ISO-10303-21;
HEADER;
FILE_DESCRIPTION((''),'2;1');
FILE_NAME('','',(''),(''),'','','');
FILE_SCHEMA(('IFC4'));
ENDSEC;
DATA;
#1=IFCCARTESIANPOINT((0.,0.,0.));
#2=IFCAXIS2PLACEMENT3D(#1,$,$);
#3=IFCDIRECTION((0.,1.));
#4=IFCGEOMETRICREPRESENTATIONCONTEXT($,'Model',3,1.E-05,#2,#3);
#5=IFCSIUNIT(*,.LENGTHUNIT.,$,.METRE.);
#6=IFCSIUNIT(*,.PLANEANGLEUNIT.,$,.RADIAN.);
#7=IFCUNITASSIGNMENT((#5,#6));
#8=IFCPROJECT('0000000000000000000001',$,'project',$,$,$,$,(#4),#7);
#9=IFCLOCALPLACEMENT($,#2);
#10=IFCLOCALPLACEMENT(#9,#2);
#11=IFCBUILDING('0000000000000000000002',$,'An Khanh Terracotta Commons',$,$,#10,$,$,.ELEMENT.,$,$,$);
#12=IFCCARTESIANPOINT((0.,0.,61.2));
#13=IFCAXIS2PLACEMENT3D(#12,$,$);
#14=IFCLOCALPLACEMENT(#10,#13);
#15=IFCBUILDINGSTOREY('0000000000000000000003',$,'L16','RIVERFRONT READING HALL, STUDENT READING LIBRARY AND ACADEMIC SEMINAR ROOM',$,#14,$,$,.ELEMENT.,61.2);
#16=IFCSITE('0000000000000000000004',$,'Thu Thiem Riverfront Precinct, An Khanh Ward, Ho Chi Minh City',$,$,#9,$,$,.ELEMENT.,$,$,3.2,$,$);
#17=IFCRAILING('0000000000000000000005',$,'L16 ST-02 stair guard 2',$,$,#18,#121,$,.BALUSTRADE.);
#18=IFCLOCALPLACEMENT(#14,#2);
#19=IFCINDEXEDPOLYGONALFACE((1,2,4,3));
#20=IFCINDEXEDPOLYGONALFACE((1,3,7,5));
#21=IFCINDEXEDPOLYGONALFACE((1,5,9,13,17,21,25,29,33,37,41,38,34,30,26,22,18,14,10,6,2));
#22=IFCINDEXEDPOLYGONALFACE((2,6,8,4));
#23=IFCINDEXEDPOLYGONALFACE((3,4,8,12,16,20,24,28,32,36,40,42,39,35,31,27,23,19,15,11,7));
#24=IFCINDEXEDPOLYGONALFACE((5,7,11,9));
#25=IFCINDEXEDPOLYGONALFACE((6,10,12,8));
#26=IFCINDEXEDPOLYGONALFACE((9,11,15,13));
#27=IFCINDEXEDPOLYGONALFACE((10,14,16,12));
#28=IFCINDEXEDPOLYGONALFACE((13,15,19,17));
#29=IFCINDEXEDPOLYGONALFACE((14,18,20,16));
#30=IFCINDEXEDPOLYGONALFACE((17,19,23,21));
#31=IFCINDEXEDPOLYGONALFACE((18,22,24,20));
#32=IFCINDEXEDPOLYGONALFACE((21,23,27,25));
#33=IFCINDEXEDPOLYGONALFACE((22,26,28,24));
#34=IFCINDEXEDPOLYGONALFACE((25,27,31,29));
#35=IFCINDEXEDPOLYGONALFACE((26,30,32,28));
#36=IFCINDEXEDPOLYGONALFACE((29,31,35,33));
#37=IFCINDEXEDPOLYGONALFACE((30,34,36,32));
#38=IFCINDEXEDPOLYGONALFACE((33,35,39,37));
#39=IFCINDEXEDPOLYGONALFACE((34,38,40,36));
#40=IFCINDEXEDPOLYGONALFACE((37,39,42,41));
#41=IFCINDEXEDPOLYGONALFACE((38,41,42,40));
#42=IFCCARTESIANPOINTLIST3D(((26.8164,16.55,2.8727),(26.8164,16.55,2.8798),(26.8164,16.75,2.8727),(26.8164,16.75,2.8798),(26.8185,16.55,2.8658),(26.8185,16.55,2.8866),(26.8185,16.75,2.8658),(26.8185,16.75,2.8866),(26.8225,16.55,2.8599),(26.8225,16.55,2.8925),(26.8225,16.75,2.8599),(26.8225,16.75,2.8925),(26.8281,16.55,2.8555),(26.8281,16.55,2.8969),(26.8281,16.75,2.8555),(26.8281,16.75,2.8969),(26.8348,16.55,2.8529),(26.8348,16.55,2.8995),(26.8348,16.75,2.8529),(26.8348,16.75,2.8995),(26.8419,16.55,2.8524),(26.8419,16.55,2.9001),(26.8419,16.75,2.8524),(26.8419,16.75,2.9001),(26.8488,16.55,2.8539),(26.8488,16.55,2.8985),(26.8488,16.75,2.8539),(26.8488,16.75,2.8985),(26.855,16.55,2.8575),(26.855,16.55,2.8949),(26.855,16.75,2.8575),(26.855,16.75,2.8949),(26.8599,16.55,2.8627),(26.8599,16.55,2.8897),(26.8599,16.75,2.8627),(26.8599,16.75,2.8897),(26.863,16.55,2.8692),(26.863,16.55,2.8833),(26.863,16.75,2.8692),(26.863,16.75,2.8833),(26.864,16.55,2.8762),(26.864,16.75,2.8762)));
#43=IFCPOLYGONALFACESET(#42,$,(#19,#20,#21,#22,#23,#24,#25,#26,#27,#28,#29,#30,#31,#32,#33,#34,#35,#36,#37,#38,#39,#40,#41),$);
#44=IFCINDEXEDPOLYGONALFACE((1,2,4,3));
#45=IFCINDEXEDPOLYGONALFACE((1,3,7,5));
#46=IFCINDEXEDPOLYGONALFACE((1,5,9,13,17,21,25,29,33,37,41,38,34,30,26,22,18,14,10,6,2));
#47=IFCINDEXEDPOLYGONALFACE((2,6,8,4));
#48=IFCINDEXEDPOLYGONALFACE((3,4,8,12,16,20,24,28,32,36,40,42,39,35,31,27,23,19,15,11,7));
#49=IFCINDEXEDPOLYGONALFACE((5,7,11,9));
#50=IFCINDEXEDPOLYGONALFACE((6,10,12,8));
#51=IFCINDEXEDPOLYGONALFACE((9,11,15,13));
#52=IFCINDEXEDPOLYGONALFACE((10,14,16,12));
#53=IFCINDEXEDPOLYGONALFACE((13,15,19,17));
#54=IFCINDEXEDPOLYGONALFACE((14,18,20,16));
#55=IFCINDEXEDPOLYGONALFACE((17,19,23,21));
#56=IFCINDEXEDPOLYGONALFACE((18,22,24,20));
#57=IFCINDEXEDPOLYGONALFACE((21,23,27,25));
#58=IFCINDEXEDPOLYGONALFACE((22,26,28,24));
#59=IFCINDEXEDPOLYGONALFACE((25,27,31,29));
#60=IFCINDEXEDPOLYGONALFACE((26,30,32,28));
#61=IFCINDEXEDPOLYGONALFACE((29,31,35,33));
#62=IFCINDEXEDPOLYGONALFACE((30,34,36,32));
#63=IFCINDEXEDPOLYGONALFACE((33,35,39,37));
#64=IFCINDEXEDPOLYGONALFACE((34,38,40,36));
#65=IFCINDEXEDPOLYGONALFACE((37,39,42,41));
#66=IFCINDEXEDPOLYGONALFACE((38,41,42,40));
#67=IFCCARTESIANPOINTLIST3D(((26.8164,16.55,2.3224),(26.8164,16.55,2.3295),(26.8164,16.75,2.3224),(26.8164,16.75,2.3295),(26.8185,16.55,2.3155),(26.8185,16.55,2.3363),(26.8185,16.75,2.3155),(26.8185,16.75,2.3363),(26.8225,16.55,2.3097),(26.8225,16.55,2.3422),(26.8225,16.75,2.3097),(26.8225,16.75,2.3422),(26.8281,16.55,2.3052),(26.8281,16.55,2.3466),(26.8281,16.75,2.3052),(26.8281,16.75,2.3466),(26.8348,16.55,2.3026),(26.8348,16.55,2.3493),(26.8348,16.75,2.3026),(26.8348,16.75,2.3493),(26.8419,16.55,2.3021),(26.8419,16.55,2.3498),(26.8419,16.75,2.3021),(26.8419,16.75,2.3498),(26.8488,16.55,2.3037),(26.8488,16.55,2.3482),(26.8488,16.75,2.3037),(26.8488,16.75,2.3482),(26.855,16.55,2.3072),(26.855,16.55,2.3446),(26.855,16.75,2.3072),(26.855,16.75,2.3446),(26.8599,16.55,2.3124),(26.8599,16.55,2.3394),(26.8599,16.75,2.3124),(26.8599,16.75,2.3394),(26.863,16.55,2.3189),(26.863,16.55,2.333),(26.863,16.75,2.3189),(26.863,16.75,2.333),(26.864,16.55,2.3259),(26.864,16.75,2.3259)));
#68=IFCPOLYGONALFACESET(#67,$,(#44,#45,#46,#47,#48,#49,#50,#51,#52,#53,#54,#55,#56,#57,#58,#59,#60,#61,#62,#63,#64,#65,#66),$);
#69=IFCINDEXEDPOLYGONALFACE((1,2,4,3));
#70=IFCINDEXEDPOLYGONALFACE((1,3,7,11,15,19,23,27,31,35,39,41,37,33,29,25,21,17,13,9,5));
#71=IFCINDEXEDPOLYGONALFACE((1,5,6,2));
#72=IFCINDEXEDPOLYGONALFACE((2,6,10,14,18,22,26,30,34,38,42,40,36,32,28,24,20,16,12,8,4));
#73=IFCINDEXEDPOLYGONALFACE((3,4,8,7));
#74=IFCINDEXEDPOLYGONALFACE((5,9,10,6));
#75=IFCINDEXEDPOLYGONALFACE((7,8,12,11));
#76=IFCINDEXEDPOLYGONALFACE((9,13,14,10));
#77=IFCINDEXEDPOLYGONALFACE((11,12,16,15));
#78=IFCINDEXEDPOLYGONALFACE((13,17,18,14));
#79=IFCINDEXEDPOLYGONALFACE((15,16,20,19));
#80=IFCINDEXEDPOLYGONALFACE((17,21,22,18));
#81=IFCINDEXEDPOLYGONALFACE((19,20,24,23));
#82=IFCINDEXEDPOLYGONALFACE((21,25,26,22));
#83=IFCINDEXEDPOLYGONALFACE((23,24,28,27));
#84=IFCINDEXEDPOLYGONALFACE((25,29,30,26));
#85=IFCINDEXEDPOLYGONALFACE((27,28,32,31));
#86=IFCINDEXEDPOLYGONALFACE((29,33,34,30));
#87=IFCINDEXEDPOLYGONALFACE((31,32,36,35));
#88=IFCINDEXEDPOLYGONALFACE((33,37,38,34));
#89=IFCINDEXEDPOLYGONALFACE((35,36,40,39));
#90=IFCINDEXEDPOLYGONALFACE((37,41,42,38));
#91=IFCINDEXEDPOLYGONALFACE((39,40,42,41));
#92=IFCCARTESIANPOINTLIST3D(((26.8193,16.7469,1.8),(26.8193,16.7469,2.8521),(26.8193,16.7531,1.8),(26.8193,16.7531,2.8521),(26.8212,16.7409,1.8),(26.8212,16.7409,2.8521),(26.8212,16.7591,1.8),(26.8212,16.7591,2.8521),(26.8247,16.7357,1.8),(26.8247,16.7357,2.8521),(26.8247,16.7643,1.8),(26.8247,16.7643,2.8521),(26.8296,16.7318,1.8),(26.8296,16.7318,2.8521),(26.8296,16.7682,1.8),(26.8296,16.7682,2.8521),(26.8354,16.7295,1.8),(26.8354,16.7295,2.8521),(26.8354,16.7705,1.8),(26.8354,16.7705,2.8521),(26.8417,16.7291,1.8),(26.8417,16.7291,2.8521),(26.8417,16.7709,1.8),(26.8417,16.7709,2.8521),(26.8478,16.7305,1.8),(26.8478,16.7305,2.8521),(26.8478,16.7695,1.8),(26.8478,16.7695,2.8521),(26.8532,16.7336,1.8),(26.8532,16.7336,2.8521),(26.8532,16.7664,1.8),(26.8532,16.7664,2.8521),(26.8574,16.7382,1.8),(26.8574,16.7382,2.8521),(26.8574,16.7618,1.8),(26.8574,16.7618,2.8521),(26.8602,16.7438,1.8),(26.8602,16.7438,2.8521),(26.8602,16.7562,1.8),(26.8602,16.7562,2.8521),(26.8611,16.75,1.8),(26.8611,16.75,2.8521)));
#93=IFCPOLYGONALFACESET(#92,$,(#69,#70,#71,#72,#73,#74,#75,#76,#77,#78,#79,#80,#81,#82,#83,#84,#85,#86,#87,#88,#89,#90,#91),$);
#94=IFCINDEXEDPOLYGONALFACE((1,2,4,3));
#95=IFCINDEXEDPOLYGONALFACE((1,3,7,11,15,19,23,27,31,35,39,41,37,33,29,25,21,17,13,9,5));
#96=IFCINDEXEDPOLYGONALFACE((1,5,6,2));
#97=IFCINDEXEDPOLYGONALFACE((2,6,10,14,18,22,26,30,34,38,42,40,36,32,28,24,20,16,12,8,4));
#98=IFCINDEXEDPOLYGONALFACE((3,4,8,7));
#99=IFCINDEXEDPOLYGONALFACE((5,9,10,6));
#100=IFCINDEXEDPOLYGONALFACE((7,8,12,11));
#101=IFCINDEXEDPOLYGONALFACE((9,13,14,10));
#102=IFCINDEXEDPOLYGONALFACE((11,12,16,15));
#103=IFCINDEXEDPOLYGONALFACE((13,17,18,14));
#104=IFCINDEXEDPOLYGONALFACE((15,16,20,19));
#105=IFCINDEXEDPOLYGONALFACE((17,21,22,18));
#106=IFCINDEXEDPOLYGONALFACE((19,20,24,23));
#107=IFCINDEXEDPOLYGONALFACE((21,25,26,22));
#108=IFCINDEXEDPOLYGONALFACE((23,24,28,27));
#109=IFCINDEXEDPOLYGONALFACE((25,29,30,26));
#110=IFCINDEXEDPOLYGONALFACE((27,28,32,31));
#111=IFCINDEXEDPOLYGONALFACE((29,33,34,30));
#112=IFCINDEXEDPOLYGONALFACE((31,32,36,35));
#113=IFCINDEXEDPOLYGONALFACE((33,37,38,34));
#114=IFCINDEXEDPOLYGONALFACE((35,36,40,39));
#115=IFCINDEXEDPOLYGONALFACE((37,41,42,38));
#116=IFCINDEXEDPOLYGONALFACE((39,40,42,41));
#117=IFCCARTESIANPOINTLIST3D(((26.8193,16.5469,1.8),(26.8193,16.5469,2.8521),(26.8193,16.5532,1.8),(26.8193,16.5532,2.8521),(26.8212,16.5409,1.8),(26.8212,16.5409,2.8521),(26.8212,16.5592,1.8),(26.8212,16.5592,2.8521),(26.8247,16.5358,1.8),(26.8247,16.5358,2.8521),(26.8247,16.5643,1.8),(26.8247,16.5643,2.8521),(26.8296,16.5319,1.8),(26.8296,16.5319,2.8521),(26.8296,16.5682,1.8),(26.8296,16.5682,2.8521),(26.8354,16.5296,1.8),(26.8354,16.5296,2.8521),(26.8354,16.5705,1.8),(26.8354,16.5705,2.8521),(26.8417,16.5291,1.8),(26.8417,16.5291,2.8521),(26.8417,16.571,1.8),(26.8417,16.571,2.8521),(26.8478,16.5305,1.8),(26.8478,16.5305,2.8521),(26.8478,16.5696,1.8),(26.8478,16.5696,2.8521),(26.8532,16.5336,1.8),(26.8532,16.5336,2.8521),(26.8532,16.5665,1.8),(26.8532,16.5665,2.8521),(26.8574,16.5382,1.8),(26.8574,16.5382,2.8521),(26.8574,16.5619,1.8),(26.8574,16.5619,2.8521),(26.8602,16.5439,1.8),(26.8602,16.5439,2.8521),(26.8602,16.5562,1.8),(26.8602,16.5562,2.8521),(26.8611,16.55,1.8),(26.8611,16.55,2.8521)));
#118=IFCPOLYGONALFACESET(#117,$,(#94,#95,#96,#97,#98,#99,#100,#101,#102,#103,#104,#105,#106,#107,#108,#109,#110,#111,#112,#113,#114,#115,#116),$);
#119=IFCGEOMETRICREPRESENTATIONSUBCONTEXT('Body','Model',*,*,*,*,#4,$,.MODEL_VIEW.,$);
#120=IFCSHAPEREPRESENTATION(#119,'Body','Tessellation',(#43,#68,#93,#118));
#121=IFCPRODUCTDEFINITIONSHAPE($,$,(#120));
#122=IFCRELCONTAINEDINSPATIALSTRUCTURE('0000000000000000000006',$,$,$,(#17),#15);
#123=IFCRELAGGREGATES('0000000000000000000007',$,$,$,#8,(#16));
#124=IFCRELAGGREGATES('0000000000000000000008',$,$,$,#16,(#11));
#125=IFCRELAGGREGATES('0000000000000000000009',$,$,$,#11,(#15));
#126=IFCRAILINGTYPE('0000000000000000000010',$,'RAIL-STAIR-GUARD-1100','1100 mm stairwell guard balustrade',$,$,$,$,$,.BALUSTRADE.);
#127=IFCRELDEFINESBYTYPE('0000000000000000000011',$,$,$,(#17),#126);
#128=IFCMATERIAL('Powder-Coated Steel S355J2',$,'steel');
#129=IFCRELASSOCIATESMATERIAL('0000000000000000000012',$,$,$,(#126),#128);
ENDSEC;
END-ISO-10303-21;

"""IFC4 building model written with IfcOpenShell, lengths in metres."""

from ifc_helpers import new_model, si_unit, direction, frame, origin, origin_2d, place, context, subcontext, project, spatial, circle, extrude, material, type_object, element, save


model = new_model("IFC4")

# Units and contexts
model_context = context("Model", 3, precision=1e-05, world=origin(), true_north=direction((0.0, 1.0)))
body_context = subcontext(model_context, "Body", "Model", "MODEL_VIEW")
ifc_project = project(units=[si_unit("LENGTHUNIT", "METRE"), si_unit("PLANEANGLEUNIT", "RADIAN")], contexts=[model_context])

# Site, building, storey
site_placement = place(None, origin())
site = spatial("IfcSite", under=ifc_project, at=site_placement, Name="Thu Thiem Riverfront Precinct, An Khanh Ward, Ho Chi Minh City", CompositionType="ELEMENT", RefElevation=3.2)
building_placement = place(site_placement, origin())
building = spatial("IfcBuilding", under=site, at=building_placement, Name="An Khanh Terracotta Commons", CompositionType="ELEMENT")
storey_placement = place(building_placement, frame((0.0, 0.0, 61.2)))
storey = spatial("IfcBuildingStorey", under=building, at=storey_placement, Name="L16", Description="RIVERFRONT READING HALL, STUDENT READING LIBRARY AND ACADEMIC SEMINAR ROOM", CompositionType="ELEMENT", Elevation=61.2)

# Railing
ifc_material_1 = material(Name="Powder-Coated Steel S355J2", Category="steel")
railing_type_1 = type_object("IfcRailingType", Name="RAIL-STAIR-GUARD-1100", Description="1100 mm stairwell guard balustrade", PredefinedType="BALUSTRADE", material=ifc_material_1)
railing_1_placement = place(storey_placement, frame((26.8401, 16.75, 1.8)))
element("IfcRailing", 1, at=railing_1_placement, inside=storey, type_object=railing_type_1, Name="L16 ST-02 stair guard 2", PredefinedType="BALUSTRADE", context=body_context, shape_type="SweptSolid", body=[
    extrude(circle(Radius=0.0239, at=origin_2d()), frame((0.0, 0.0, 1.0762), z_axis=(0.0, -1.0, 0.0), x_axis=(1.0, 0.0, 0.0)), (0.0, 0.0, 1.0), 0.2),
    extrude(circle(Radius=0.0239, at=origin_2d()), frame((0.0, 0.0, 0.5259), z_axis=(0.0, -1.0, 0.0), x_axis=(1.0, 0.0, 0.0)), (0.0, 0.0, 1.0), 0.2),
    extrude(circle(Radius=0.021, at=origin_2d()), origin(), (0.0, 0.0, 1.0), 1.052),
    extrude(circle(Radius=0.021, at=origin_2d()), frame((0.0, -0.2, 0.0)), (0.0, 0.0, 1.0), 1.052),
])

save(model, "model.ifc")
